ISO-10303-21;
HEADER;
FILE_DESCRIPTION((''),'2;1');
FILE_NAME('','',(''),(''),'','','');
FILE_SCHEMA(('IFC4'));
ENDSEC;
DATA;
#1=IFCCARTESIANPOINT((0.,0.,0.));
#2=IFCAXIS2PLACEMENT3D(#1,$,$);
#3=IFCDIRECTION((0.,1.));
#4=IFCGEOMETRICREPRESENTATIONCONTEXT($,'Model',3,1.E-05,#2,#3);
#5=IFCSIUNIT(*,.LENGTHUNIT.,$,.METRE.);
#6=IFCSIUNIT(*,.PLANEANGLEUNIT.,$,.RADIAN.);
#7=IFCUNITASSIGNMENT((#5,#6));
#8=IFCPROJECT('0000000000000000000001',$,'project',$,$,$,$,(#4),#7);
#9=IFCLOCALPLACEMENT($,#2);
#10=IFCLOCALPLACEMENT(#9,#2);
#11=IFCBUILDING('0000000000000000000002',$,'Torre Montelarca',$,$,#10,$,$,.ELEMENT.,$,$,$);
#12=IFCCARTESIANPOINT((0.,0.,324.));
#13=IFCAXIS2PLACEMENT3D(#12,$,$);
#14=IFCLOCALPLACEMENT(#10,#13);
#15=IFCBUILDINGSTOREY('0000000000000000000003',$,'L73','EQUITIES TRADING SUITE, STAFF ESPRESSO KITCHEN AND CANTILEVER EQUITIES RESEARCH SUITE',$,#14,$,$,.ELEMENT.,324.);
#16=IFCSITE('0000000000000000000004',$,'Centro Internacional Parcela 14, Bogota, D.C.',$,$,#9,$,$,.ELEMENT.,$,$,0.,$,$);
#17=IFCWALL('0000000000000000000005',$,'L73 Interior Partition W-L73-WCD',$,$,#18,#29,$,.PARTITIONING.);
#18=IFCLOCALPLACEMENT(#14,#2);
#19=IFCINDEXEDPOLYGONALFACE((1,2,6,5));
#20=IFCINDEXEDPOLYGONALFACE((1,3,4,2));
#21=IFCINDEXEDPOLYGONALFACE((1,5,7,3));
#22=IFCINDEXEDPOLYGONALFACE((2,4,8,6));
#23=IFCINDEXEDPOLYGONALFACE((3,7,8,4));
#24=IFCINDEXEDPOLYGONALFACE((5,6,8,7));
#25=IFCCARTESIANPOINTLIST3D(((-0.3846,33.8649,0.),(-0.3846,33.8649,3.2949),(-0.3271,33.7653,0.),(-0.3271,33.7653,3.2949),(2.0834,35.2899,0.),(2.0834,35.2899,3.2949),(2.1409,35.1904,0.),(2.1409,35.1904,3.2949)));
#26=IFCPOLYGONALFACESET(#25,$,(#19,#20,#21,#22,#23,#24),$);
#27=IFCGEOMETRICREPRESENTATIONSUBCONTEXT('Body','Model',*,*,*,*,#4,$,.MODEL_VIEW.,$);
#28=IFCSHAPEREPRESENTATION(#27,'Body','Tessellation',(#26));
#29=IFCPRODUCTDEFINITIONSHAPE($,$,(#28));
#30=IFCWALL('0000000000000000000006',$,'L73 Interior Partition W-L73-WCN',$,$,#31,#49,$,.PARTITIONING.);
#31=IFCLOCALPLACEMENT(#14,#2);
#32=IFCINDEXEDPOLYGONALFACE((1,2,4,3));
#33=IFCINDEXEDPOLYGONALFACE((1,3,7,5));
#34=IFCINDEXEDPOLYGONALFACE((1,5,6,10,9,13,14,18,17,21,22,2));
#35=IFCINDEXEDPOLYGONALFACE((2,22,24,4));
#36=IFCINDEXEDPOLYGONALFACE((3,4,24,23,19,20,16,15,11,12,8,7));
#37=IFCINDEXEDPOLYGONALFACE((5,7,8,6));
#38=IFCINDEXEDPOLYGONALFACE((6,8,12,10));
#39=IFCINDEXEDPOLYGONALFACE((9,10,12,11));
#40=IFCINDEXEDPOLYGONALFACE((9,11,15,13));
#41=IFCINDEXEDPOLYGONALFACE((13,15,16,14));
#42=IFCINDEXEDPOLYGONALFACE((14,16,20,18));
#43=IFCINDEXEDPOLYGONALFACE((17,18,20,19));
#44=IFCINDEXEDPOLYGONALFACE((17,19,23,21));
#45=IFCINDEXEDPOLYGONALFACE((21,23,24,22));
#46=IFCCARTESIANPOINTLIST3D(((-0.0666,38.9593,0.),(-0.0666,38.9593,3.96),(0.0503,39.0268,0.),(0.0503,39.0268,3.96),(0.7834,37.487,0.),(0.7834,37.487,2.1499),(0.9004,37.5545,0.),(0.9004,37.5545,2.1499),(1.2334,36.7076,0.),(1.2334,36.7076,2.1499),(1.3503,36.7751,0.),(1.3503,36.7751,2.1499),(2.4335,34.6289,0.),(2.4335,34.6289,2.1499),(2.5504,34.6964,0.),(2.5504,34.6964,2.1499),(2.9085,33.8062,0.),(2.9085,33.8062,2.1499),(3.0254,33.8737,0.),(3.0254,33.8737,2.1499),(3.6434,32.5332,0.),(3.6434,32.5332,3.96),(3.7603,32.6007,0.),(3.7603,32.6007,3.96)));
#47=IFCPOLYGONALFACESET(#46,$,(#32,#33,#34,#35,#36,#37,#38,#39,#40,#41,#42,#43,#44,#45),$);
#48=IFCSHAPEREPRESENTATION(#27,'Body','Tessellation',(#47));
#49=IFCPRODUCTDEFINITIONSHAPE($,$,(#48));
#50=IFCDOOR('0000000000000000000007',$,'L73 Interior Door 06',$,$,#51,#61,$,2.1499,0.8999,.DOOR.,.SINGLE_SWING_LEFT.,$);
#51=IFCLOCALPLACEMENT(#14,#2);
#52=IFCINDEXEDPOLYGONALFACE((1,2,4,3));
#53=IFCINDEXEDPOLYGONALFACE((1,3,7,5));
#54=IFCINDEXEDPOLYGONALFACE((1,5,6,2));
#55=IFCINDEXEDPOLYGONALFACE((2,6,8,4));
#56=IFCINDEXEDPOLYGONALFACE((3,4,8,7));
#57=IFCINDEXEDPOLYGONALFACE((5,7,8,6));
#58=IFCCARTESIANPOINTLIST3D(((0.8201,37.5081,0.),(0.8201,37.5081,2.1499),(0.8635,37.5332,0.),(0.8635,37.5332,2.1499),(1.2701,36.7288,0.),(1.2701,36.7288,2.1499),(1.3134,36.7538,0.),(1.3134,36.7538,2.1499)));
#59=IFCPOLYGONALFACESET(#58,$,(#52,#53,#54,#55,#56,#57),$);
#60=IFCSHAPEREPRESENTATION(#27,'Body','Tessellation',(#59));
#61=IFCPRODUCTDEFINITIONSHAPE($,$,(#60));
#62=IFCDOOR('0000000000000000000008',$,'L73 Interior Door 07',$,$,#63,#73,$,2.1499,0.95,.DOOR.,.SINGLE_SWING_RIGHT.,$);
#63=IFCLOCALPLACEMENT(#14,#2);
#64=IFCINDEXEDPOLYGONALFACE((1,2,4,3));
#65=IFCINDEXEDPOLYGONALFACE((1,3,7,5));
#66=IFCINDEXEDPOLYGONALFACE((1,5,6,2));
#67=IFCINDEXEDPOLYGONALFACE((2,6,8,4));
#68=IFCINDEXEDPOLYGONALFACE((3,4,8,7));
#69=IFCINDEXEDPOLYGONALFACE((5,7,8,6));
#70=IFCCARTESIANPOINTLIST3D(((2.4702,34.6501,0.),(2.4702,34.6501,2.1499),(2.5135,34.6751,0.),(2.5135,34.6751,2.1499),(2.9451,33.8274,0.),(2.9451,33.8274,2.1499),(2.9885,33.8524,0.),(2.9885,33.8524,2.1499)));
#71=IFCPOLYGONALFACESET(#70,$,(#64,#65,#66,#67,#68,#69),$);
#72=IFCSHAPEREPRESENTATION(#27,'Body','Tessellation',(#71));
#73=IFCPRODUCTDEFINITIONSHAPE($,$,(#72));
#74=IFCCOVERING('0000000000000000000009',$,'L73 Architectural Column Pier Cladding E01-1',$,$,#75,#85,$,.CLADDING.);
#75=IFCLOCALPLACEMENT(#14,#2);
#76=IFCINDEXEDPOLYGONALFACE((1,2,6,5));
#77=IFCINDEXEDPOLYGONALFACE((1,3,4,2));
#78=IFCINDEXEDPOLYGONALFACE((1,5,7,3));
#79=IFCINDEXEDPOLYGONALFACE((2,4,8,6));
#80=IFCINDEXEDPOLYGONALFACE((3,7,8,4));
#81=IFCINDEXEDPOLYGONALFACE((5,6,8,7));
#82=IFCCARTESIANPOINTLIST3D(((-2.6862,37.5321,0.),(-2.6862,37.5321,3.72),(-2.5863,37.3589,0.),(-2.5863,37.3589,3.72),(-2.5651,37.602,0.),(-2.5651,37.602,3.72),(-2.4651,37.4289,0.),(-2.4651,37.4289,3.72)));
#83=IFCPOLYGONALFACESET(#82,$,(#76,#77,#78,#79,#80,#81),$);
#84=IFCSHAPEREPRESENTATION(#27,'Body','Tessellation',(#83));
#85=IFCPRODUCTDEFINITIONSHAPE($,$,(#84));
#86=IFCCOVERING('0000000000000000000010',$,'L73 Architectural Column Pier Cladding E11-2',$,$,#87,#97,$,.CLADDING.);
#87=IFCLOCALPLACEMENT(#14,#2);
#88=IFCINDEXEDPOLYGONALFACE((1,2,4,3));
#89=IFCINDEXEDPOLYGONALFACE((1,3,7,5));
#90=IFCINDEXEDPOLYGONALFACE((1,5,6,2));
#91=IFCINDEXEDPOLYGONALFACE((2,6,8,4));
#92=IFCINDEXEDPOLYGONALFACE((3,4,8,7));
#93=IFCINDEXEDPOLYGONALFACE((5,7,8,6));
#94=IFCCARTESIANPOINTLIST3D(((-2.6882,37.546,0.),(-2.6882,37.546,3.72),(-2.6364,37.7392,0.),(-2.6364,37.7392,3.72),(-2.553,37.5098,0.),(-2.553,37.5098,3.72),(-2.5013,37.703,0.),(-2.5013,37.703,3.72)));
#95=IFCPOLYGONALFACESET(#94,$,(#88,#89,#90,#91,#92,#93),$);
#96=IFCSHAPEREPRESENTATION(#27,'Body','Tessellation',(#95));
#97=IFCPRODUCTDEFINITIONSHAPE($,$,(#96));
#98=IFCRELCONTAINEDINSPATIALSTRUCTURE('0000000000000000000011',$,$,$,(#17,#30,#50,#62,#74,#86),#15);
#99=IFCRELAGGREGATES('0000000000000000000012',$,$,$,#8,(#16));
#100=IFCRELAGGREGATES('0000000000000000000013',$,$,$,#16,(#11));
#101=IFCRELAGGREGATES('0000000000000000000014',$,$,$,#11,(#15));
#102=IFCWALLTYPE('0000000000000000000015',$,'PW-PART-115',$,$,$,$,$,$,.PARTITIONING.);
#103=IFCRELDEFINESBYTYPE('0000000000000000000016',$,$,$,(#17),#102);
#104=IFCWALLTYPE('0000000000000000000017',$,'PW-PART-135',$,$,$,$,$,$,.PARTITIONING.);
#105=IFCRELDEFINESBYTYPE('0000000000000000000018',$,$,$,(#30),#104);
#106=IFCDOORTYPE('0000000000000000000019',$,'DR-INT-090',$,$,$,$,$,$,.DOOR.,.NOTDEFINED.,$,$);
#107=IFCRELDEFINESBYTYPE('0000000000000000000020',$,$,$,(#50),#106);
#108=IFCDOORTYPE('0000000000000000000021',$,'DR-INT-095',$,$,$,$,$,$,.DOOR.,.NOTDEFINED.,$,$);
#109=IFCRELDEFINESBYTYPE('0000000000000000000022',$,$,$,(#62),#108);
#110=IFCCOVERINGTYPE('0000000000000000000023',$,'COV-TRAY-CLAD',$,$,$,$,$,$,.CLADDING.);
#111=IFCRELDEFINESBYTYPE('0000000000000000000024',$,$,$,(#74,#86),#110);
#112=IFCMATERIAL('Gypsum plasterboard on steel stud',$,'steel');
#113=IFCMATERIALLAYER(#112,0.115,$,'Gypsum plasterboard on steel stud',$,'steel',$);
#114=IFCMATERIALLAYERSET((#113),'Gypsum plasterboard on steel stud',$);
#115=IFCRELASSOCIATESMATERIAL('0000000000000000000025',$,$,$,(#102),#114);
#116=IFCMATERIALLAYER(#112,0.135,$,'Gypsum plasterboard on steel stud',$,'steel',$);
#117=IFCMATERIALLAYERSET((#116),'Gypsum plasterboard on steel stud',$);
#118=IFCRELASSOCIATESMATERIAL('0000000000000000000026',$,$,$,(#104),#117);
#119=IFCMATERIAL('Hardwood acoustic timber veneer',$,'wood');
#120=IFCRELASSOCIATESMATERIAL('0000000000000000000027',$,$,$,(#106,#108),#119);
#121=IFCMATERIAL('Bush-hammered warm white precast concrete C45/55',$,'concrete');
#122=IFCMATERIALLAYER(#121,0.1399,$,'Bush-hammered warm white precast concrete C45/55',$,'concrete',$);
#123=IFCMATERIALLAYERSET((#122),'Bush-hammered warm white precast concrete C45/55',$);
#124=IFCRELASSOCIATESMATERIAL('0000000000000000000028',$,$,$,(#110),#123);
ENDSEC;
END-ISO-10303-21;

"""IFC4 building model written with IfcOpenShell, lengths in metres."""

from ifc_helpers import new_model, si_unit, direction, frame, frame_2d, origin, origin_2d, place, context, subcontext, project, spatial, rectangle, extrude, source, transform, mapped, material, layer, layer_set, type_object, element, fill, save


model = new_model("IFC4")

# Units and contexts
model_context = context("Model", 3, precision=1e-05, world=origin(), true_north=direction((0.0, 1.0)))
body_context = subcontext(model_context, "Body", "Model", "MODEL_VIEW")
ifc_project = project(units=[si_unit("LENGTHUNIT", "METRE"), si_unit("PLANEANGLEUNIT", "RADIAN")], contexts=[model_context])

# Site, building, storey
site_placement = place(None, origin())
site = spatial("IfcSite", under=ifc_project, at=site_placement, Name="Centro Internacional Parcela 14, Bogota, D.C.", CompositionType="ELEMENT", RefElevation=0.0)
building_placement = place(site_placement, origin())
building = spatial("IfcBuilding", under=site, at=building_placement, Name="Torre Montelarca", CompositionType="ELEMENT")
storey_placement = place(building_placement, frame((0.0, 0.0, 324.0)))
storey = spatial("IfcBuildingStorey", under=building, at=storey_placement, Name="L73", Description="EQUITIES TRADING SUITE, STAFF ESPRESSO KITCHEN AND CANTILEVER EQUITIES RESEARCH SUITE", CompositionType="ELEMENT", Elevation=324.0)

# Wall
ifc_material_1 = material(Name="Gypsum plasterboard on steel stud", Category="steel")
ifc_layer_1 = layer(ifc_material_1, 0.115, Name="Gypsum plasterboard on steel stud", Category="steel")
ifc_layer_set_1 = layer_set([ifc_layer_1], Name="Gypsum plasterboard on steel stud")
wall_type_1 = type_object("IfcWallType", Name="PW-PART-115", PredefinedType="PARTITIONING", material=ifc_layer_set_1)
wall_1_placement = place(storey_placement, frame((-0.3557, 33.8152, 0.0), z_axis=(0.0, 0.0, 1.0), x_axis=(0.866004, 0.500036, 0.0)))
element("IfcWall", 1, at=wall_1_placement, inside=storey, type_object=wall_type_1, Name="L73 Interior Partition W-L73-WCD", PredefinedType="PARTITIONING", context=body_context, shape_type="SweptSolid", body=[
    extrude(rectangle(XDim=2.8499, YDim=0.115, at=frame_2d((1.4248, 0.0))), origin(), (0.0, 0.0, 1.0), 3.2949),
])

# Wall, openings, doors
ifc_layer_2 = layer(ifc_material_1, 0.135, Name="Gypsum plasterboard on steel stud", Category="steel")
ifc_layer_set_2 = layer_set([ifc_layer_2], Name="Gypsum plasterboard on steel stud")
wall_type_2 = type_object("IfcWallType", Name="PW-PART-135", PredefinedType="PARTITIONING", material=ifc_layer_set_2)
wall_2_placement = place(storey_placement, frame((-0.0081, 38.9929, 0.0), z_axis=(0.0, 0.0, 1.0), x_axis=(0.499989, -0.866032, 0.0)))
wall_2 = element("IfcWall", 2, at=wall_2_placement, inside=storey, type_object=wall_type_2, Name="L73 Interior Partition W-L73-WCN", PredefinedType="PARTITIONING", context=body_context, shape_type="SweptSolid", body=[
    extrude(rectangle(XDim=7.4202, YDim=0.135, at=frame_2d((3.71, 0.0))), origin(), (0.0, 0.0, 1.0), 3.96),
])
opening_1_placement = place(wall_2_placement, frame((1.7, 0.0, 0.0)))
opening_1 = element("IfcOpeningElement", 3, at=opening_1_placement, cuts=wall_2, PredefinedType="OPENING", context=body_context, shape_type="SweptSolid", body=[
    extrude(rectangle(XDim=0.8999, YDim=2.1499, at=frame_2d((0.45, 1.075))), frame((0.0, 0.0776, 0.0), z_axis=(0.0, -1.0, 0.0), x_axis=(1.0, 0.0, 0.0)), (0.0, 0.0, 1.0), 0.155),
])
opening_2_placement = place(wall_2_placement, frame((5.0, 0.0, 0.0)))
opening_2 = element("IfcOpeningElement", 4, at=opening_2_placement, cuts=wall_2, PredefinedType="OPENING", context=body_context, shape_type="SweptSolid", body=[
    extrude(rectangle(XDim=0.95, YDim=2.1499, at=frame_2d((0.4751, 1.075))), frame((0.0, 0.0776, 0.0), z_axis=(0.0, -1.0, 0.0), x_axis=(1.0, 0.0, 0.0)), (0.0, 0.0, 1.0), 0.155),
])
ifc_material_2 = material(Name="Hardwood acoustic timber veneer", Category="wood")
door_type_1 = type_object("IfcDoorType", Name="DR-INT-090", OperationType="NOTDEFINED", PredefinedType="DOOR", material=ifc_material_2)
shared_shape_1 = source(origin(), body_context, "Body", "SweptSolid", [
    extrude(rectangle(XDim=0.8999, YDim=2.1499, at=frame_2d((0.45, 1.075))), frame((0.0, 0.0249, 0.0), z_axis=(0.0, -1.0, 0.0), x_axis=(1.0, 0.0, 0.0)), (0.0, 0.0, 1.0), 0.05),
])
door_1_placement = place(opening_1_placement, origin())
door_1 = element("IfcDoor", 5, at=door_1_placement, inside=storey, type_object=door_type_1, Name="L73 Interior Door 06", OperationType="SINGLE_SWING_LEFT", OverallHeight=2.1499, OverallWidth=0.8999, PredefinedType="DOOR", context=body_context, shape_type="MappedRepresentation", body=[
    mapped(shared_shape_1, transform((0.0, 0.0, 0.0), scale=1.0)),
])
fill(opening_1, door_1)
door_type_2 = type_object("IfcDoorType", Name="DR-INT-095", OperationType="NOTDEFINED", PredefinedType="DOOR", material=ifc_material_2)
shared_shape_2 = source(origin(), body_context, "Body", "SweptSolid", [
    extrude(rectangle(XDim=0.95, YDim=2.1499, at=frame_2d((0.4751, 1.075))), frame((0.0, 0.0249, 0.0), z_axis=(0.0, -1.0, 0.0), x_axis=(1.0, 0.0, 0.0)), (0.0, 0.0, 1.0), 0.05),
])
door_2_placement = place(opening_2_placement, origin())
door_2 = element("IfcDoor", 6, at=door_2_placement, inside=storey, type_object=door_type_2, Name="L73 Interior Door 07", OperationType="SINGLE_SWING_RIGHT", OverallHeight=2.1499, OverallWidth=0.95, PredefinedType="DOOR", context=body_context, shape_type="MappedRepresentation", body=[
    mapped(shared_shape_2, transform((0.0, 0.0, 0.0), scale=1.0)),
])
fill(opening_2, door_2)

# Coverings
ifc_material_3 = material(Name="Bush-hammered warm white precast concrete C45/55", Category="concrete")
ifc_layer_3 = layer(ifc_material_3, 0.1399, Name="Bush-hammered warm white precast concrete C45/55", Category="concrete")
ifc_layer_set_3 = layer_set([ifc_layer_3], Name="Bush-hammered warm white precast concrete C45/55")
covering_type = type_object("IfcCoveringType", Name="COV-TRAY-CLAD", PredefinedType="CLADDING", material=ifc_layer_set_3)
shared_shape_3 = source(origin(), body_context, "Body", "SweptSolid", [
    extrude(rectangle(XDim=0.2, YDim=0.1399, at=origin_2d()), origin(), (0.0, 0.0, 1.0), 3.72),
])
for number, where, z_axis, x_axis, name in (
    (7, (-2.5757, 37.4805, 0.0), (0.0, 0.0, 1.0), (0.5, -0.866025, 0.0), "L73 Architectural Column Pier Cladding E01-1"),
    (8, (-2.5947, 37.6245, 0.0), (0.0, 0.0, 1.0), (-0.258821, -0.965925, 0.0), "L73 Architectural Column Pier Cladding E11-2"),
):
    element("IfcCovering", number, at=place(storey_placement, frame(where, z_axis=z_axis, x_axis=x_axis)), inside=storey, type_object=covering_type, Name=name, PredefinedType="CLADDING", context=body_context, shape_type="MappedRepresentation", body=[
        mapped(shared_shape_3, transform((0.0, 0.0, 0.0), scale=1.0)),
    ])

save(model, "model.ifc")
